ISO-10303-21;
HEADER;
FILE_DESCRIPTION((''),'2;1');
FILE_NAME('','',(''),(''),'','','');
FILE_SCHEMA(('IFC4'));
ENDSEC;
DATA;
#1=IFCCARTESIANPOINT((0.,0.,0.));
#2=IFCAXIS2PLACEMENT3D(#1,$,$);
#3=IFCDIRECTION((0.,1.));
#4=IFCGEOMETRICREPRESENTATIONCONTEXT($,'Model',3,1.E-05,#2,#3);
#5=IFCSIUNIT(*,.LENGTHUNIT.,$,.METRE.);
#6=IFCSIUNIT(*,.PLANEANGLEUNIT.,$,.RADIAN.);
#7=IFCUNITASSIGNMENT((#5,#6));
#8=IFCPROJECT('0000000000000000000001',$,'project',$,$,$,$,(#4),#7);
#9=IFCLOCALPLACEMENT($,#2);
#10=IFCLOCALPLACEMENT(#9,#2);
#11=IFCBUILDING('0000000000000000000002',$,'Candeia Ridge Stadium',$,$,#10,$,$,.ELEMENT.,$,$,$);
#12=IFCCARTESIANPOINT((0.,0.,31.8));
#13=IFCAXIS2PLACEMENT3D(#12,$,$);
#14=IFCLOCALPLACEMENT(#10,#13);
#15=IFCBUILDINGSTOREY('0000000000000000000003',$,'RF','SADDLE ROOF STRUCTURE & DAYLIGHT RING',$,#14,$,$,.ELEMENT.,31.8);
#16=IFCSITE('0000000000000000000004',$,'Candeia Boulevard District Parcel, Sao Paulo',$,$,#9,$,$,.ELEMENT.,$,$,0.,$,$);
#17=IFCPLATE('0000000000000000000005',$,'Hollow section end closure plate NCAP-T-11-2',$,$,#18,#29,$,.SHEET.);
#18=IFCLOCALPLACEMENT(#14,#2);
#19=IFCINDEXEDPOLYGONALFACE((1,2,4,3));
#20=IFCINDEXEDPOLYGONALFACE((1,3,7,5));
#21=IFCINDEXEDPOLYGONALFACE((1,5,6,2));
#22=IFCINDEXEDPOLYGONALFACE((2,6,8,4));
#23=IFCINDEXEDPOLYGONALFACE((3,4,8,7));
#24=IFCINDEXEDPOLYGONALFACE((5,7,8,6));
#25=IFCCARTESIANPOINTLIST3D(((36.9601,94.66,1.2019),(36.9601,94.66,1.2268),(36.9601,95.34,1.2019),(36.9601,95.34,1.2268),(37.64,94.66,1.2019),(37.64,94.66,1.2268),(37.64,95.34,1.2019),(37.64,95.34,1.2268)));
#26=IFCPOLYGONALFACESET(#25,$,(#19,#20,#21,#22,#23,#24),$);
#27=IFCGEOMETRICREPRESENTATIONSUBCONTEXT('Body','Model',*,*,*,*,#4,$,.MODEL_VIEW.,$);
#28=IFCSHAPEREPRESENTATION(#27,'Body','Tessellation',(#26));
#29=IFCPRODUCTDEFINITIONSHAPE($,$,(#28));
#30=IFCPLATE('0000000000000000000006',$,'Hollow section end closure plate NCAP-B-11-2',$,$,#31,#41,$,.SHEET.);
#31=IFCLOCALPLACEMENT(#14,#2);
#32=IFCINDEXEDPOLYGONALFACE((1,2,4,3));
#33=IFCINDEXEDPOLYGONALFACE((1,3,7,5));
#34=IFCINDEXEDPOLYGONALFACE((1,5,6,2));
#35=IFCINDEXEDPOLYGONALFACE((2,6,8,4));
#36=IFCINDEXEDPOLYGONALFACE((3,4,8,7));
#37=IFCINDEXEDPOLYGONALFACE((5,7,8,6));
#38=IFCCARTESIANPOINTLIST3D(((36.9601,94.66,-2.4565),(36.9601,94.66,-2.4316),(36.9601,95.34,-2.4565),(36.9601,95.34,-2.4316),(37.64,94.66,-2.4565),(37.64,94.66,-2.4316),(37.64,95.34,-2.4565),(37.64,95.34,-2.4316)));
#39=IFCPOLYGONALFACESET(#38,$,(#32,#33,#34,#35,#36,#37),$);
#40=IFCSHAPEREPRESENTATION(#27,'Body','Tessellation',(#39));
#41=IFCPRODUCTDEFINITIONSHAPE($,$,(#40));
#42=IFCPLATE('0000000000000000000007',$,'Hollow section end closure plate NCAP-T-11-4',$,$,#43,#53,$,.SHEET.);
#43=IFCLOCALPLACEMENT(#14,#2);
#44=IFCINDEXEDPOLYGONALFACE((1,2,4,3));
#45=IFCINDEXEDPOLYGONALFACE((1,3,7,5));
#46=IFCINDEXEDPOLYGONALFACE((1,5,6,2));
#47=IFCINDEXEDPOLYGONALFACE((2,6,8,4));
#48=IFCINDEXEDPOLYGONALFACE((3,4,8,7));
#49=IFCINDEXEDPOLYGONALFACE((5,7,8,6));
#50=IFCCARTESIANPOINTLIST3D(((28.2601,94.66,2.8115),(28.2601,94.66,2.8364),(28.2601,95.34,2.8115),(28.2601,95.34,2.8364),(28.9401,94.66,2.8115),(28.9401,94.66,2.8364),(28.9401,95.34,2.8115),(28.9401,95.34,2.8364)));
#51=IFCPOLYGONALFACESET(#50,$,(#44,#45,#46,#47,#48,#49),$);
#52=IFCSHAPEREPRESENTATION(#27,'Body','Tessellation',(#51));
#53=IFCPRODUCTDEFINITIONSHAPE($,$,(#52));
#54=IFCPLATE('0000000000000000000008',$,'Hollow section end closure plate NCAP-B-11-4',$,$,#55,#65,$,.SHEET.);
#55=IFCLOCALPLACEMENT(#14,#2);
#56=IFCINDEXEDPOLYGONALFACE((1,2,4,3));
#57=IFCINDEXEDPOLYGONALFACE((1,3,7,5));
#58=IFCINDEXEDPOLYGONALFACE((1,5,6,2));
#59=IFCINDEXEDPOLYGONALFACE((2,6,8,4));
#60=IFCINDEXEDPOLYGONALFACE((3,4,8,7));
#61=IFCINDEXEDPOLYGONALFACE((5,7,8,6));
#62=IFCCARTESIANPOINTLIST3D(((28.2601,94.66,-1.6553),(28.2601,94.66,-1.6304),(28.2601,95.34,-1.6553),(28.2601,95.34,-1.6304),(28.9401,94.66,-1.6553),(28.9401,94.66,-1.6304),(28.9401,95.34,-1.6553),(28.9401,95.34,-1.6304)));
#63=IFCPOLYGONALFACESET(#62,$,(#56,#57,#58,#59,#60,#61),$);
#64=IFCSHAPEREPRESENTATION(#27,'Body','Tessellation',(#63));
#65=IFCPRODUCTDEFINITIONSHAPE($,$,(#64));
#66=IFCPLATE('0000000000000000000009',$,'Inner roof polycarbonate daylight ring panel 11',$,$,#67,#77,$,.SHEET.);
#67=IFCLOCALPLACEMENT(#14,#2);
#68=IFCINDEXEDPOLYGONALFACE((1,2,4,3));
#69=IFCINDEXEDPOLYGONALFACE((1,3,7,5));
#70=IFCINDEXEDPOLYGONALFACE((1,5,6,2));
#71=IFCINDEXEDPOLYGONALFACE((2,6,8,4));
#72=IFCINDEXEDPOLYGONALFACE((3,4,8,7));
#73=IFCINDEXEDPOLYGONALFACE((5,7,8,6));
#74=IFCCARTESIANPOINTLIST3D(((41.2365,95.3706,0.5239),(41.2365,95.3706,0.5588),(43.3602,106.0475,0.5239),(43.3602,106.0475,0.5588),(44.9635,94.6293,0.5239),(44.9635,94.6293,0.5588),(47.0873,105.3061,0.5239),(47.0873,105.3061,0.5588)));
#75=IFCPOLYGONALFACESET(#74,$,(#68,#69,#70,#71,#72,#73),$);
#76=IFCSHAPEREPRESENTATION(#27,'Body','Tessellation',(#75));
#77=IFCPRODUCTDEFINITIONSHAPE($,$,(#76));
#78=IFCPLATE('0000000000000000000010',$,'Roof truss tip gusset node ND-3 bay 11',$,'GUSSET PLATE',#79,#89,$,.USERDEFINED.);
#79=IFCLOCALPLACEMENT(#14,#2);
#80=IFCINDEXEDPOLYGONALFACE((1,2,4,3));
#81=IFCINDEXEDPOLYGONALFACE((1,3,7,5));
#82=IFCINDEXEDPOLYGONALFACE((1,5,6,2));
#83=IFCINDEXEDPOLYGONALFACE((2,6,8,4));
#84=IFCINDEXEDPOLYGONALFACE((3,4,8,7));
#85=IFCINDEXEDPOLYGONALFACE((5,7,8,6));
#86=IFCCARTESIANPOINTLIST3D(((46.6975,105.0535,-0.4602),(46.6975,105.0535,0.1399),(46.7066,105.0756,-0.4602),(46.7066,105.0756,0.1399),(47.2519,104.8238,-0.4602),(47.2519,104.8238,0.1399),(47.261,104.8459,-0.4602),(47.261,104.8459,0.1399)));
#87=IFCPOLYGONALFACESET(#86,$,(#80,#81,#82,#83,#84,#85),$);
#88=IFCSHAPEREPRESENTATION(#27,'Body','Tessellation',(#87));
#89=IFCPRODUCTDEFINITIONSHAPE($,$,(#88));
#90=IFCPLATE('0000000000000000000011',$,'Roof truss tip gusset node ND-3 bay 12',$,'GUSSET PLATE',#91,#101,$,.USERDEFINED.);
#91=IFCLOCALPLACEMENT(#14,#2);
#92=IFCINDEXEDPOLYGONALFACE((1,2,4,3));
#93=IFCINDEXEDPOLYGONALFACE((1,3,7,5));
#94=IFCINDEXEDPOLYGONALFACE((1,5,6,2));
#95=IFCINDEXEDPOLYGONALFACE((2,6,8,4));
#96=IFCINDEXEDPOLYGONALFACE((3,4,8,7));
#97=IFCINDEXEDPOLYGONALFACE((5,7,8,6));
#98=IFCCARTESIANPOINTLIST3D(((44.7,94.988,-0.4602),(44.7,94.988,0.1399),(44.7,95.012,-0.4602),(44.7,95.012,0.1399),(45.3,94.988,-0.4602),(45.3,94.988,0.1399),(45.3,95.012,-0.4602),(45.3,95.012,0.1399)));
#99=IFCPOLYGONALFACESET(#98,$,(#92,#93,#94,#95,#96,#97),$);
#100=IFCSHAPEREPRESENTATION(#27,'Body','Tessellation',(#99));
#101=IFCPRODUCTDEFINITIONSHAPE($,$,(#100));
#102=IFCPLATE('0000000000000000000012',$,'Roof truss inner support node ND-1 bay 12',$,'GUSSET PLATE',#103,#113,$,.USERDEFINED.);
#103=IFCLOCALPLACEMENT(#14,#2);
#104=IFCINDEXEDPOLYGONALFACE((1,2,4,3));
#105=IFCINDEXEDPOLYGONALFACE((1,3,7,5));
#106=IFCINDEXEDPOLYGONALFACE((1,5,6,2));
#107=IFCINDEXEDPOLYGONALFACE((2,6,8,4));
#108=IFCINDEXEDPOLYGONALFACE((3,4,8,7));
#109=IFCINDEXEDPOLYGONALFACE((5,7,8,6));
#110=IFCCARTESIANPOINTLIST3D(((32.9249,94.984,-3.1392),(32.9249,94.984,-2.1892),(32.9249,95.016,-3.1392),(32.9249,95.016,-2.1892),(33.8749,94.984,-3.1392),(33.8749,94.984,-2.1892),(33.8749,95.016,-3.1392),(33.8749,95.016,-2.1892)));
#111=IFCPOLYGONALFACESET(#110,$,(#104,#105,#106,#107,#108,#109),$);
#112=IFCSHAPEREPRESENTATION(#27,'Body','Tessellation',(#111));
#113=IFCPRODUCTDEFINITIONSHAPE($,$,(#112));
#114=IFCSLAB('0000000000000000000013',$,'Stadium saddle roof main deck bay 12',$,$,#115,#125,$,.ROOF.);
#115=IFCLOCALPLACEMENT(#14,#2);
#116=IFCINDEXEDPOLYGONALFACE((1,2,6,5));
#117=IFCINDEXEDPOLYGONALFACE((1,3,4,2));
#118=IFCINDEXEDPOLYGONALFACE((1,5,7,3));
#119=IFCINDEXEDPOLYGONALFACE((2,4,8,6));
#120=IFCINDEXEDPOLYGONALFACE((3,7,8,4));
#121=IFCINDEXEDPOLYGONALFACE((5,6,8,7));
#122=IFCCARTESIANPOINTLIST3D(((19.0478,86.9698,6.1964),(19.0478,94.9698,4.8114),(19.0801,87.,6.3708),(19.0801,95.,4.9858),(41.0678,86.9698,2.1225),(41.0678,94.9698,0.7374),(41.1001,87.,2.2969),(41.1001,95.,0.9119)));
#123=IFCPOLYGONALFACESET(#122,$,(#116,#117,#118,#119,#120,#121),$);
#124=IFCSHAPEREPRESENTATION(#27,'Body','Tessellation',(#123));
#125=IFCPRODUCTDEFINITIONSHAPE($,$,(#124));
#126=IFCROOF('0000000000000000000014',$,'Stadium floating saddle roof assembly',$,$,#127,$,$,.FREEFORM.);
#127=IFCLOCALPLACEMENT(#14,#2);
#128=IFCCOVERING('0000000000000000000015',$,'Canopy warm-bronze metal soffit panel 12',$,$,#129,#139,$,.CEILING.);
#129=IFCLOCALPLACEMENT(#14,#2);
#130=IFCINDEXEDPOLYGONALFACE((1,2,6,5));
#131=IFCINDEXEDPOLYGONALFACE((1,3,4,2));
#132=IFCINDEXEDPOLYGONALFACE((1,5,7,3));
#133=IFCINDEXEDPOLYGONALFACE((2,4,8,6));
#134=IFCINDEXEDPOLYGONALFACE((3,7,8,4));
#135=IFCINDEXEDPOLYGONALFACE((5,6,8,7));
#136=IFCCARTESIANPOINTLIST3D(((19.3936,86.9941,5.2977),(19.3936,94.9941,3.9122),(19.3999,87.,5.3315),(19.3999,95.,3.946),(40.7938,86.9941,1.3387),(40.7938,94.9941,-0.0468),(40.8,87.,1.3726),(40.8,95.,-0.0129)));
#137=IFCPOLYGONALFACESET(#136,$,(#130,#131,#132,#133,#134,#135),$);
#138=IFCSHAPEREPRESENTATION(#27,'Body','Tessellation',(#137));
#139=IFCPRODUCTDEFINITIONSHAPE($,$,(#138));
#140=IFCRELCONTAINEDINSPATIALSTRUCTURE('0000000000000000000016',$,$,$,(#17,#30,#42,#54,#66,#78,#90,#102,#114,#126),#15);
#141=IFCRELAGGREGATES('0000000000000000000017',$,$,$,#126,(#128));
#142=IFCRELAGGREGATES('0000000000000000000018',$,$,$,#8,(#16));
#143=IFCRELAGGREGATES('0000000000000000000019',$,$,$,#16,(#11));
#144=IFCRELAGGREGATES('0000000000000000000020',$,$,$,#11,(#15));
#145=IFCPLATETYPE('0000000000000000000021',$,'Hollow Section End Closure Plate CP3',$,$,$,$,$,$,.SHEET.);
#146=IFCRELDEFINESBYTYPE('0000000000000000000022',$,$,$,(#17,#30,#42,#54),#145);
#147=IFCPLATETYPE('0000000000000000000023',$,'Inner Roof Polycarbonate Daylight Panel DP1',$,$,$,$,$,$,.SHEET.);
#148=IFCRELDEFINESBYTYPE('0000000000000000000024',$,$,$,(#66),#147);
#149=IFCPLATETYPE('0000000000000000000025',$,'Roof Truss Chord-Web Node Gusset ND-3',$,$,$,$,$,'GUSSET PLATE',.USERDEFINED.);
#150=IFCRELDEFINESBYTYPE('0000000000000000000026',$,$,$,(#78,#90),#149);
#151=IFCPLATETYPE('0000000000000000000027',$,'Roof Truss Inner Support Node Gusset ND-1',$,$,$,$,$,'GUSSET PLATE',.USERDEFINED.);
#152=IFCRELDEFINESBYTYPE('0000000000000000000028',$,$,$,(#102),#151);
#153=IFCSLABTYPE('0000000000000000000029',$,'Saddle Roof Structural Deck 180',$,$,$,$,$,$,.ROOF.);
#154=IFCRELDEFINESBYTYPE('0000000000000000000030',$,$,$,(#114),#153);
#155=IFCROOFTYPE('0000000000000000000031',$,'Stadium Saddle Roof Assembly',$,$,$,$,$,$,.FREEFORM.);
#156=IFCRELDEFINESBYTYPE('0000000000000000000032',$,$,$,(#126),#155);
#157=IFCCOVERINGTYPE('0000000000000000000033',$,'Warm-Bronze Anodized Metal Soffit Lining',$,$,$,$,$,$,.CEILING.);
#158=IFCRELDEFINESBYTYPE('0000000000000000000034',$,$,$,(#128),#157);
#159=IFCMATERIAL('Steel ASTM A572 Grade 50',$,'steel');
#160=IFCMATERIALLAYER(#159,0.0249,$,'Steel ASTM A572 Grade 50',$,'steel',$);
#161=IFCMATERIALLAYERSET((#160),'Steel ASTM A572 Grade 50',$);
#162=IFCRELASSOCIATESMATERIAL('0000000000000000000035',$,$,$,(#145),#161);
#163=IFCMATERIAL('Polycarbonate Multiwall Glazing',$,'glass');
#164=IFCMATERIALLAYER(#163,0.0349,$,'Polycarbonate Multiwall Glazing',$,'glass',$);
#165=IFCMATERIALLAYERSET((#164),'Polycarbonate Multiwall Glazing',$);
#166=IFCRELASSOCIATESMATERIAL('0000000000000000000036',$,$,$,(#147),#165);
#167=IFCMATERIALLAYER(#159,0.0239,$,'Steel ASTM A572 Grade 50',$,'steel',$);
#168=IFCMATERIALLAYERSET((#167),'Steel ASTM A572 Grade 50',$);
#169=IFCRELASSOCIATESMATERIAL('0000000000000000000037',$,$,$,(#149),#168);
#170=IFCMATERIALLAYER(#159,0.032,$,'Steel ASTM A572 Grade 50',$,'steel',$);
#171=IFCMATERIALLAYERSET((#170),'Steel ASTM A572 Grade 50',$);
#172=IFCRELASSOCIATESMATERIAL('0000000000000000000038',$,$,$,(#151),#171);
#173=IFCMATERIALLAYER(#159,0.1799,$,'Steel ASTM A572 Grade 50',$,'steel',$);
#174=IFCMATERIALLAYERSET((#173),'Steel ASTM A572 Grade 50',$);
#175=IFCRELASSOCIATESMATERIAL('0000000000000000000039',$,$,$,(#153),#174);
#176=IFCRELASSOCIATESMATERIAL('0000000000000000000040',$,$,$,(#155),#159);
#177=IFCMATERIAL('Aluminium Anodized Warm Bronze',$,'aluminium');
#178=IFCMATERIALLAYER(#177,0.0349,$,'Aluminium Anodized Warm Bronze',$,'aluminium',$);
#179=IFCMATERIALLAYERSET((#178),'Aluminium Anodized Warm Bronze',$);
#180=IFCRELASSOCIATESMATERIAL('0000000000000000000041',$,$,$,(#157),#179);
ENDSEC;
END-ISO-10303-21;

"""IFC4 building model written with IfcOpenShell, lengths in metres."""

from ifc_helpers import new_model, si_unit, direction, frame, origin, origin_2d, place, context, subcontext, project, spatial, polyline, rectangle, outline, extrude, material, layer, layer_set, type_object, element, aggregate, save


model = new_model("IFC4")

# Units and contexts
model_context = context("Model", 3, precision=1e-05, world=origin(), true_north=direction((0.0, 1.0)))
body_context = subcontext(model_context, "Body", "Model", "MODEL_VIEW")
ifc_project = project(units=[si_unit("LENGTHUNIT", "METRE"), si_unit("PLANEANGLEUNIT", "RADIAN")], contexts=[model_context])

# Site, building, storey
site_placement = place(None, origin())
site = spatial("IfcSite", under=ifc_project, at=site_placement, Name="Candeia Boulevard District Parcel, Sao Paulo", CompositionType="ELEMENT", RefElevation=0.0)
building_placement = place(site_placement, origin())
building = spatial("IfcBuilding", under=site, at=building_placement, Name="Candeia Ridge Stadium", CompositionType="ELEMENT")
storey_placement = place(building_placement, frame((0.0, 0.0, 31.8)))
storey = spatial("IfcBuildingStorey", under=building, at=storey_placement, Name="RF", Description="SADDLE ROOF STRUCTURE & DAYLIGHT RING", CompositionType="ELEMENT", Elevation=31.8)

# Shared definitions
ifc_material_1 = material(Name="Steel ASTM A572 Grade 50", Category="steel")

# Plates
ifc_layer_1 = layer(ifc_material_1, 0.0249, Name="Steel ASTM A572 Grade 50", Category="steel")
ifc_layer_set_1 = layer_set([ifc_layer_1], Name="Steel ASTM A572 Grade 50")
plate_type_1 = type_object("IfcPlateType", Name="Hollow Section End Closure Plate CP3", PredefinedType="SHEET", material=ifc_layer_set_1)
for number, where, z_axis, x_axis, name in (
    (1, (37.3, 95.0, 1.2019), (0.0, 0.0, 1.0), (1.0, 0.0, 0.0), "Hollow section end closure plate NCAP-T-11-2"),
    (2, (37.3, 95.0, -2.4565), (0.0, 0.0, 1.0), (1.0, 0.0, 0.0), "Hollow section end closure plate NCAP-B-11-2"),
    (3, (28.6001, 95.0, 2.8115), (0.0, 0.0, 1.0), (1.0, 0.0, 0.0), "Hollow section end closure plate NCAP-T-11-4"),
    (4, (28.6001, 95.0, -1.6553), (0.0, 0.0, 1.0), (1.0, 0.0, 0.0), "Hollow section end closure plate NCAP-B-11-4"),
):
    element("IfcPlate", number, at=place(storey_placement, frame(where, z_axis=z_axis, x_axis=x_axis)), inside=storey, type_object=plate_type_1, Name=name, PredefinedType="SHEET", context=body_context, shape_type="SweptSolid", body=[
        extrude(rectangle(XDim=0.6799, YDim=0.6799, at=origin_2d()), origin(), (0.0, 0.0, 1.0), 0.0249),
    ])
ifc_material_2 = material(Name="Polycarbonate Multiwall Glazing", Category="glass")
ifc_layer_2 = layer(ifc_material_2, 0.0349, Name="Polycarbonate Multiwall Glazing", Category="glass")
ifc_layer_set_2 = layer_set([ifc_layer_2], Name="Polycarbonate Multiwall Glazing")
plate_type_2 = type_object("IfcPlateType", Name="Inner Roof Polycarbonate Daylight Panel DP1", PredefinedType="SHEET", material=ifc_layer_set_2)
plate_1_placement = place(storey_placement, frame((44.1619, 100.3384, 0.5239), z_axis=(0.0, 0.0, 1.0), x_axis=(-0.19509, -0.980785, 0.0)))
element("IfcPlate", 5, at=plate_1_placement, inside=storey, type_object=plate_type_2, Name="Inner roof polycarbonate daylight ring panel 11", PredefinedType="SHEET", context=body_context, shape_type="SweptSolid", body=[
    extrude(rectangle(XDim=10.886, YDim=3.8, at=origin_2d()), origin(), (0.0, 0.0, 1.0), 0.0349),
])
ifc_layer_3 = layer(ifc_material_1, 0.0239, Name="Steel ASTM A572 Grade 50", Category="steel")
ifc_layer_set_3 = layer_set([ifc_layer_3], Name="Steel ASTM A572 Grade 50")
plate_type_3 = type_object("IfcPlateType", Name="Roof Truss Chord-Web Node Gusset ND-3", ElementType="GUSSET PLATE", PredefinedType="USERDEFINED", material=ifc_layer_set_3)
for number, where, z_axis, x_axis, name in (
    (6, (46.9792, 104.9497, -0.4602), (0.0, 0.0, 1.0), (-0.92388, 0.382683, 0.0), "Roof truss tip gusset node ND-3 bay 11"),
    (7, (45.0, 95.0, -0.4602), (0.0, 0.0, 1.0), (-1.0, 0.0, 0.0), "Roof truss tip gusset node ND-3 bay 12"),
):
    element("IfcPlate", number, at=place(storey_placement, frame(where, z_axis=z_axis, x_axis=x_axis)), inside=storey, type_object=plate_type_3, Name=name, ObjectType="GUSSET PLATE", PredefinedType="USERDEFINED", context=body_context, shape_type="SweptSolid", body=[
        extrude(rectangle(XDim=0.6001, YDim=0.0239, at=origin_2d()), origin(), (0.0, 0.0, 1.0), 0.6001),
    ])
ifc_layer_4 = layer(ifc_material_1, 0.032, Name="Steel ASTM A572 Grade 50", Category="steel")
ifc_layer_set_4 = layer_set([ifc_layer_4], Name="Steel ASTM A572 Grade 50")
plate_type_4 = type_object("IfcPlateType", Name="Roof Truss Inner Support Node Gusset ND-1", ElementType="GUSSET PLATE", PredefinedType="USERDEFINED", material=ifc_layer_set_4)
plate_2_placement = place(storey_placement, frame((33.3999, 95.0, -3.1392), z_axis=(0.0, 0.0, 1.0), x_axis=(-1.0, 0.0, 0.0)))
element("IfcPlate", 8, at=plate_2_placement, inside=storey, type_object=plate_type_4, Name="Roof truss inner support node ND-1 bay 12", ObjectType="GUSSET PLATE", PredefinedType="USERDEFINED", context=body_context, shape_type="SweptSolid", body=[
    extrude(rectangle(XDim=0.95, YDim=0.032, at=origin_2d()), origin(), (0.0, 0.0, 1.0), 0.95),
])

# Slab
ifc_layer_5 = layer(ifc_material_1, 0.1799, Name="Steel ASTM A572 Grade 50", Category="steel")
ifc_layer_set_5 = layer_set([ifc_layer_5], Name="Steel ASTM A572 Grade 50")
slab_type = type_object("IfcSlabType", Name="Saddle Roof Structural Deck 180", PredefinedType="ROOF", material=ifc_layer_set_5)
slab_placement = place(storey_placement, frame((41.1001, 95.0, 0.9119), z_axis=(0.179345, 0.167823, 0.969366), x_axis=(0.0, -0.985342, 0.170589)))
element("IfcSlab", 9, at=slab_placement, inside=storey, type_object=slab_type, Name="Stadium saddle roof main deck bay 12", PredefinedType="ROOF", context=body_context, shape_type="SweptSolid", body=[
    extrude(outline(polyline([(0.0, 0.0), (8.119, 0.0), (8.814, -22.3829), (0.695, -22.3829), (0.0, 0.0)])), origin(), (0.0, 0.0, -1.0), 0.1799),
])

# Roof, covering
roof_type = type_object("IfcRoofType", Name="Stadium Saddle Roof Assembly", PredefinedType="FREEFORM", material=ifc_material_1)
roof_placement = place(storey_placement, origin())
roof = element("IfcRoof", 10, at=roof_placement, inside=storey, type_object=roof_type, Name="Stadium floating saddle roof assembly", PredefinedType="FREEFORM")
ifc_material_3 = material(Name="Aluminium Anodized Warm Bronze", Category="aluminium")
ifc_layer_6 = layer(ifc_material_3, 0.0349, Name="Aluminium Anodized Warm Bronze", Category="aluminium")
ifc_layer_set_6 = layer_set([ifc_layer_6], Name="Aluminium Anodized Warm Bronze")
covering_type = type_object("IfcCoveringType", Name="Warm-Bronze Anodized Metal Soffit Lining", PredefinedType="CEILING", material=ifc_layer_set_6)
covering_placement = place(storey_placement, frame((40.8, 95.0, -0.0129), z_axis=(0.179329, 0.167881, 0.969359), x_axis=(0.0, -0.985332, 0.170647)))
covering = element("IfcCovering", 11, at=covering_placement, type_object=covering_type, Name="Canopy warm-bronze metal soffit panel 12", PredefinedType="CEILING", context=body_context, shape_type="SweptSolid", body=[
    extrude(outline(polyline([(0.0, 0.0), (8.1191, 0.0), (8.7947, -21.7528), (0.6756, -21.7528), (0.0, 0.0)])), origin(), (0.0, 0.0, -1.0), 0.0349),
])
aggregate(roof, [covering])

save(model, "model.ifc")
